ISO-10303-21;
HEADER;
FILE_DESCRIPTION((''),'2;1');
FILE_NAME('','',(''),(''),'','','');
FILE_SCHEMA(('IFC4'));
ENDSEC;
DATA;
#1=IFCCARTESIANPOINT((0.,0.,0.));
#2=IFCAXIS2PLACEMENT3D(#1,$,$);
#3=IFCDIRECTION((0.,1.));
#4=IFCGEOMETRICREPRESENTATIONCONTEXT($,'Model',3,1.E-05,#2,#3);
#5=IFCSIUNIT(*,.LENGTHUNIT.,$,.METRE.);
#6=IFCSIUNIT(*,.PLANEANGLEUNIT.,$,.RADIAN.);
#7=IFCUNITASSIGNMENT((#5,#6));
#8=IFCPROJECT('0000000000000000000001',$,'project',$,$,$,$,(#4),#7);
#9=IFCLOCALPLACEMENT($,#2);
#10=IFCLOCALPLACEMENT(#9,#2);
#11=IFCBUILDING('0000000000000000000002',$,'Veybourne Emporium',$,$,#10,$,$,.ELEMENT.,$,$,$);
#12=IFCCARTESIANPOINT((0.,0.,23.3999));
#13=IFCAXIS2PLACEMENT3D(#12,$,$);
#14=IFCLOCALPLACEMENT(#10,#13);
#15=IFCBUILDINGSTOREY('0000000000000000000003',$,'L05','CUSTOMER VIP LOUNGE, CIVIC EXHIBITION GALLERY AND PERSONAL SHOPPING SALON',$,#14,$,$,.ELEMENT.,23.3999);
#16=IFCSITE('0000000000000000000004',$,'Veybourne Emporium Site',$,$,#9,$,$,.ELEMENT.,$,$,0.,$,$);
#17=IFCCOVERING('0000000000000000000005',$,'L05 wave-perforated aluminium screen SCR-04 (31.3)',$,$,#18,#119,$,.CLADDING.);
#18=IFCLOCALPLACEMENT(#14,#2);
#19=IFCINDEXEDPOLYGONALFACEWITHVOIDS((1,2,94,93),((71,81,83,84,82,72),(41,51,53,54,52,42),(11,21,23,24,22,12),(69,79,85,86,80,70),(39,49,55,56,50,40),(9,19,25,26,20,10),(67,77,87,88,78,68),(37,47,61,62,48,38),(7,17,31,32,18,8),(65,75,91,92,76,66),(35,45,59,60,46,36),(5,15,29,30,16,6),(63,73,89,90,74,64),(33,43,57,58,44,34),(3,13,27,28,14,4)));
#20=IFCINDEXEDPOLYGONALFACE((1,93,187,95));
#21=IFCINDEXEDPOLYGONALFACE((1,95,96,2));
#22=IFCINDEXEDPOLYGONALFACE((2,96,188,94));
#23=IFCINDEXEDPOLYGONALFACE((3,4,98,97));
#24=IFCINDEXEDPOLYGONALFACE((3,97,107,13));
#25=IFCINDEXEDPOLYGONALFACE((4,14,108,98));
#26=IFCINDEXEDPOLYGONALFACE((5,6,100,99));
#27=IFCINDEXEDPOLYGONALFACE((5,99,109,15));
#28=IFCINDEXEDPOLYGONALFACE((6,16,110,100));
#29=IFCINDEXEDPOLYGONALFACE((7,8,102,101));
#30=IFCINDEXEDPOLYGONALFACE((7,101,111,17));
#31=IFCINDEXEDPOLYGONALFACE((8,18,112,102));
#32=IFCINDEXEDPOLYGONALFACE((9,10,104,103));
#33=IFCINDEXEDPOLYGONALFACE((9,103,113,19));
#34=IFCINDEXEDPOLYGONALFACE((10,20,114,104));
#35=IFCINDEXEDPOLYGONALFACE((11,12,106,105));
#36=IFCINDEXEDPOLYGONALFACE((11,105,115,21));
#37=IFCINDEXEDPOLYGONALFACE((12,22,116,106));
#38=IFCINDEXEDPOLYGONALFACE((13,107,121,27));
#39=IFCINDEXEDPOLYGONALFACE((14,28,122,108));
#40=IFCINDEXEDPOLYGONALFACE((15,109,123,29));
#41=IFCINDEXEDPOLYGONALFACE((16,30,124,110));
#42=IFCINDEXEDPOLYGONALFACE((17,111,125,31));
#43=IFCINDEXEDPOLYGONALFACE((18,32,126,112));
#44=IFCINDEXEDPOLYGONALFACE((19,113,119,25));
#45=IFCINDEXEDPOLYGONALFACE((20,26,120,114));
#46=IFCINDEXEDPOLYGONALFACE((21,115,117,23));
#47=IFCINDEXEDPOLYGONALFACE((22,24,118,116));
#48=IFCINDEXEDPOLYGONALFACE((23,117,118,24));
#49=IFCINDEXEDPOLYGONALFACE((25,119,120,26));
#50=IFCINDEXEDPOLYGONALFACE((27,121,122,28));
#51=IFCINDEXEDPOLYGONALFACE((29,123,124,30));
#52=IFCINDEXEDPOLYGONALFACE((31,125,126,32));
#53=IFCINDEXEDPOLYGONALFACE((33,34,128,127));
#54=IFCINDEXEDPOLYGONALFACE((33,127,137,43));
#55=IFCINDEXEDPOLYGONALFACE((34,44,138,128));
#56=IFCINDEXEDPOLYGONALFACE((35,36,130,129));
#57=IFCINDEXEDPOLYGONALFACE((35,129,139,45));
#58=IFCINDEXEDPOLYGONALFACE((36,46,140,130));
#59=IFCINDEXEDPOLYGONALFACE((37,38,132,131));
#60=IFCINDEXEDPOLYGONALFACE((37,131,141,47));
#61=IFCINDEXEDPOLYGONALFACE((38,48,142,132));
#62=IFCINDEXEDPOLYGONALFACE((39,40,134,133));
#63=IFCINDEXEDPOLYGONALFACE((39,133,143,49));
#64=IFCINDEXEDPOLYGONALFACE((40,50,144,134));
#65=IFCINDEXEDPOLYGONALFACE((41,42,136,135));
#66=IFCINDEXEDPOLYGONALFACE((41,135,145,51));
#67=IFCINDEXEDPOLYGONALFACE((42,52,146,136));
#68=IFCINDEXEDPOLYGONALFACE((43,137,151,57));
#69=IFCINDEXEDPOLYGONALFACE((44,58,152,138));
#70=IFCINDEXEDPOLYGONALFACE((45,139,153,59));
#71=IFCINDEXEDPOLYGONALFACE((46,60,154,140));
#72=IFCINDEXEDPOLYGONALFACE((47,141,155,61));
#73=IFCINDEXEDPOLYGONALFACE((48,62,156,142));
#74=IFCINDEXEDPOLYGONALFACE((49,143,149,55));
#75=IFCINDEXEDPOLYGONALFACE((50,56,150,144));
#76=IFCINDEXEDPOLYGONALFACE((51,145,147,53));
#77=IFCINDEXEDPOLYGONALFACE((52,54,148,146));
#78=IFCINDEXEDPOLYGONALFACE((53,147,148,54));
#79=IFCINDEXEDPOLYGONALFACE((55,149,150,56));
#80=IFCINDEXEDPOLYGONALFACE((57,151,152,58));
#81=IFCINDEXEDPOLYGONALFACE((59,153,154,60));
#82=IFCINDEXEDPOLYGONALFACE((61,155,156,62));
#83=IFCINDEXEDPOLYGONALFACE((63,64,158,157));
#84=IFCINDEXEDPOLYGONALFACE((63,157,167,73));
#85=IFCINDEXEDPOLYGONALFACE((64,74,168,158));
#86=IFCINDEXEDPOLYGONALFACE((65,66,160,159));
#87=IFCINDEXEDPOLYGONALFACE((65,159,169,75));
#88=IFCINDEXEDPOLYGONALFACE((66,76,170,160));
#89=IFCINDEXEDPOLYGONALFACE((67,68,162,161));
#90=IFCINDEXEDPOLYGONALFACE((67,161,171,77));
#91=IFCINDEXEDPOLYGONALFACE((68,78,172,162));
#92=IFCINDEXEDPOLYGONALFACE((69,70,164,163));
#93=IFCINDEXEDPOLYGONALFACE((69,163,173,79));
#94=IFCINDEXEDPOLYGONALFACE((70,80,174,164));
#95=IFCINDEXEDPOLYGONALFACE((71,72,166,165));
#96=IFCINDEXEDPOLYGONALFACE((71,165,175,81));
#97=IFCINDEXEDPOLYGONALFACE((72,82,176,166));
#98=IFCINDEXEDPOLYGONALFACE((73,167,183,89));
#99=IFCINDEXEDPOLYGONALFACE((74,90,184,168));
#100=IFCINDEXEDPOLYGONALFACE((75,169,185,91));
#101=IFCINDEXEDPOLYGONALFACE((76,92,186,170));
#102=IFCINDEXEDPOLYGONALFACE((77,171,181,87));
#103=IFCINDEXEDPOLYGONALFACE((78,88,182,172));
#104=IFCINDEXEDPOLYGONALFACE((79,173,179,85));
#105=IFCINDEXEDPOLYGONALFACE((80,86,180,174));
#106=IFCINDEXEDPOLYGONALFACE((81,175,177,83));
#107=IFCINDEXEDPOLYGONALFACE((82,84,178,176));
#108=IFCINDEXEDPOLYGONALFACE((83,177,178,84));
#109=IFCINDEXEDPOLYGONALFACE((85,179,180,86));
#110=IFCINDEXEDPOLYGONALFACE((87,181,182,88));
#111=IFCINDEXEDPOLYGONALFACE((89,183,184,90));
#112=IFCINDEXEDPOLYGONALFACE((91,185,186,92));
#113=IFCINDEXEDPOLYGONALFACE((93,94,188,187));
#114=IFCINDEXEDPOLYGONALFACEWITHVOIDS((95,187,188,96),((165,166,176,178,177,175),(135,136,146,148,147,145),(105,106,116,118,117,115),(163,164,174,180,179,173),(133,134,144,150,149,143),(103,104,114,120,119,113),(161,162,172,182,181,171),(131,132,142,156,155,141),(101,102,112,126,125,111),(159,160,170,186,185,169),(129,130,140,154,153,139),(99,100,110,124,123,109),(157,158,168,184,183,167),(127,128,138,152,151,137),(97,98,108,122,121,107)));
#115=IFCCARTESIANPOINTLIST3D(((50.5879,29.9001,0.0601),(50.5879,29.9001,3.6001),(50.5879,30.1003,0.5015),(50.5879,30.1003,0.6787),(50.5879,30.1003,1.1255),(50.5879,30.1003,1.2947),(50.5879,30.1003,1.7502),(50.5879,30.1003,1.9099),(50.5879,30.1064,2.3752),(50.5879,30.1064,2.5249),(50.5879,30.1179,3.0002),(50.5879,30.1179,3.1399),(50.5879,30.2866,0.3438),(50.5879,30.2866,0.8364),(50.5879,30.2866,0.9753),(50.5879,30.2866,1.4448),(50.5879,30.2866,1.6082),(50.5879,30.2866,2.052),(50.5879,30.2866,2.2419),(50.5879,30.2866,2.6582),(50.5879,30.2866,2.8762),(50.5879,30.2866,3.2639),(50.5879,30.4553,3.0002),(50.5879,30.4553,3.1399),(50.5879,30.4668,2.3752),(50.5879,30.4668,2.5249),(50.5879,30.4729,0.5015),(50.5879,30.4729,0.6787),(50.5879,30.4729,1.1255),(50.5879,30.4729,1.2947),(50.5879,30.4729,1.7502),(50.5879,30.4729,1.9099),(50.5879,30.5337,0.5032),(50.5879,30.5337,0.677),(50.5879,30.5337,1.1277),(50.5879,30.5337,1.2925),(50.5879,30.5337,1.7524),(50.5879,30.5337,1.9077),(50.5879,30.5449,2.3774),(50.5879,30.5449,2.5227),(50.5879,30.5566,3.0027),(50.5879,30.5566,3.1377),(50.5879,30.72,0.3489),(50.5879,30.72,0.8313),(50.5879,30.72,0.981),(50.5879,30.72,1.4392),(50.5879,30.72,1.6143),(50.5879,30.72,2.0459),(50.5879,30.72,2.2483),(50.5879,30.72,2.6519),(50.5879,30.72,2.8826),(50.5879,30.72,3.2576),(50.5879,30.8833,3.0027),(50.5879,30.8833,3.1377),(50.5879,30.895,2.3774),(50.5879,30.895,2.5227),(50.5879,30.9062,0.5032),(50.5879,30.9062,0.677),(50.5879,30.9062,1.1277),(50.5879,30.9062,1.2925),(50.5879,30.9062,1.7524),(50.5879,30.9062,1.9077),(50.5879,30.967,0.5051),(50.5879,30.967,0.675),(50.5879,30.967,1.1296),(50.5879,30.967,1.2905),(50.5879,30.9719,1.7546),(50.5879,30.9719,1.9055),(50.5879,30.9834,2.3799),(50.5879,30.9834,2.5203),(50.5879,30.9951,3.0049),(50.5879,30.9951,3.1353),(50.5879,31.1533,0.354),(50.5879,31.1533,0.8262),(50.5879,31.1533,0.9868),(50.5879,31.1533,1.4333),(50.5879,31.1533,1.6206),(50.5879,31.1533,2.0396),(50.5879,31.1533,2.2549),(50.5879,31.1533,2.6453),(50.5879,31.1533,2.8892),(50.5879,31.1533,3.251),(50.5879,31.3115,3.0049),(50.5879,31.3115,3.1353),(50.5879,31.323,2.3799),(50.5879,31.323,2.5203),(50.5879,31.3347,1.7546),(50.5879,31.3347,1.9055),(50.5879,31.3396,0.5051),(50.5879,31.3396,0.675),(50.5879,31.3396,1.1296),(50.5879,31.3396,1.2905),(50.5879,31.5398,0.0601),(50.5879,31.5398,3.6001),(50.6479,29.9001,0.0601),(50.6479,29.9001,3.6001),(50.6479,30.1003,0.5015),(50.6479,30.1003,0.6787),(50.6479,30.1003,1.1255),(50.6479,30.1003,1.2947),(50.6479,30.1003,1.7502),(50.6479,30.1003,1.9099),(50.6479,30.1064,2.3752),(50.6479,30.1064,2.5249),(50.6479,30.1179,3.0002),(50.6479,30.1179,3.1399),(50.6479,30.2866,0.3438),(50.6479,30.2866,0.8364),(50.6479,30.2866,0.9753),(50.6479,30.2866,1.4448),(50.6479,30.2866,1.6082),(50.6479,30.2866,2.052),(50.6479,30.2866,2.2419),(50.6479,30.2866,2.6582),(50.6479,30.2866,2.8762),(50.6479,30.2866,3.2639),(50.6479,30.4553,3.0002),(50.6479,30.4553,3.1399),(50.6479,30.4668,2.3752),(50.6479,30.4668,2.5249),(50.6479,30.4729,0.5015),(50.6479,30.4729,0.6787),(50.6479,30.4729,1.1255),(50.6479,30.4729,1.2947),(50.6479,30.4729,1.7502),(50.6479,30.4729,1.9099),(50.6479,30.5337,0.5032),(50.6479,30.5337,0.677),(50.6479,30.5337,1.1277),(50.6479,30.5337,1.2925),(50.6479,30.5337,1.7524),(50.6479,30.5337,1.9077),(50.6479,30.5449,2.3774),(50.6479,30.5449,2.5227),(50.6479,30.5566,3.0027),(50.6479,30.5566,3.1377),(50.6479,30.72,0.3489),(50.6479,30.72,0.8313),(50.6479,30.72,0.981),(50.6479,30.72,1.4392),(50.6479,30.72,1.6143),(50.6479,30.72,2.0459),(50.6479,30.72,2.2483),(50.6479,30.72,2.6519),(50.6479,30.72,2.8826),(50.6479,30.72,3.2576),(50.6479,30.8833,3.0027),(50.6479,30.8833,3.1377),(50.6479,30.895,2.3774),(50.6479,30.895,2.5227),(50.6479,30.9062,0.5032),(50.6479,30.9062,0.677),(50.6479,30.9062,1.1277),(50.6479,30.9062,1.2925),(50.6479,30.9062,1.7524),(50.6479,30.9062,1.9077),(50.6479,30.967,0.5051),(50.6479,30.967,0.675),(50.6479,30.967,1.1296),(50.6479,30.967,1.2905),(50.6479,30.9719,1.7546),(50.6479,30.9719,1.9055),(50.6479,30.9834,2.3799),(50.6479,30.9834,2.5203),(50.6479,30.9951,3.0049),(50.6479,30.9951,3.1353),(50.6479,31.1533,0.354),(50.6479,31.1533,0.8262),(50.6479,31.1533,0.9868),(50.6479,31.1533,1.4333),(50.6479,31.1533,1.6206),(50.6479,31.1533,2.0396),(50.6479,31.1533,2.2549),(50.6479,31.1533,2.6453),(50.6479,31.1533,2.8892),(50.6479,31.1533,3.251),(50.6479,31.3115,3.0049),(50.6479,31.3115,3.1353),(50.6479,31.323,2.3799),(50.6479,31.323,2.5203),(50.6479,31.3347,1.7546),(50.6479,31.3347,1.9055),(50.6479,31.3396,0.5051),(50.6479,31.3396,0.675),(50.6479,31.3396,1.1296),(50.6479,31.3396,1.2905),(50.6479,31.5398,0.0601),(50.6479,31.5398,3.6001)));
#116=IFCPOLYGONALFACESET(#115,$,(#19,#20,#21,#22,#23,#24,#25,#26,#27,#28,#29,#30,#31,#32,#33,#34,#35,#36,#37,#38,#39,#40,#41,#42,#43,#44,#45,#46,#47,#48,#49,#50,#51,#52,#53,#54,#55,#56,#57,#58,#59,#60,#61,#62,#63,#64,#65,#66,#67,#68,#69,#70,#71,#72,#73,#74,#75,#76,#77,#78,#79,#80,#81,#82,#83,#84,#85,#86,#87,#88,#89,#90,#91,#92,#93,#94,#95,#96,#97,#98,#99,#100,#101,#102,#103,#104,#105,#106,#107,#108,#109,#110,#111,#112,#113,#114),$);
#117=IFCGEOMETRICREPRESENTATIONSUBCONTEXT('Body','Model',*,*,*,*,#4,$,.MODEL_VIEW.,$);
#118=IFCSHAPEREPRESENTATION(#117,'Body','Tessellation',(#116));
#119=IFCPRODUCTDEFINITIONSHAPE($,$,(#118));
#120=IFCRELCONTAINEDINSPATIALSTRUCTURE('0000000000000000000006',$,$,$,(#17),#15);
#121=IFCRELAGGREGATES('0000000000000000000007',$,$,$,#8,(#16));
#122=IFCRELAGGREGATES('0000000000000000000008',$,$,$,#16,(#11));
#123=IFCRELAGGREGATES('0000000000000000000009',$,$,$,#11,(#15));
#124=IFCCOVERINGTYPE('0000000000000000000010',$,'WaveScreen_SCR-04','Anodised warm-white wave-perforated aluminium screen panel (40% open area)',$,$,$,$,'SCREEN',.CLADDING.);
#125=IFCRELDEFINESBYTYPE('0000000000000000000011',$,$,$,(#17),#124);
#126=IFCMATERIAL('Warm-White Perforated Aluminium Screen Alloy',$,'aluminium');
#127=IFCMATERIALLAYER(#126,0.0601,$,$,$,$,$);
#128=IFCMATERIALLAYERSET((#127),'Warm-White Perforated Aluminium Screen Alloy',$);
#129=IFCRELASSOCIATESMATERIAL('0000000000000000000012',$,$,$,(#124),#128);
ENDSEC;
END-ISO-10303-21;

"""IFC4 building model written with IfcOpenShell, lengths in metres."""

from ifc_helpers import new_model, si_unit, direction, frame, origin, place, context, subcontext, project, spatial, polyline, outline, extrude, material, layer, layer_set, type_object, element, save


model = new_model("IFC4")

# Units and contexts
model_context = context("Model", 3, precision=1e-05, world=origin(), true_north=direction((0.0, 1.0)))
body_context = subcontext(model_context, "Body", "Model", "MODEL_VIEW")
ifc_project = project(units=[si_unit("LENGTHUNIT", "METRE"), si_unit("PLANEANGLEUNIT", "RADIAN")], contexts=[model_context])

# Site, building, storey
site_placement = place(None, origin())
site = spatial("IfcSite", under=ifc_project, at=site_placement, Name="Veybourne Emporium Site", CompositionType="ELEMENT", RefElevation=0.0)
building_placement = place(site_placement, origin())
building = spatial("IfcBuilding", under=site, at=building_placement, Name="Veybourne Emporium", CompositionType="ELEMENT")
storey_placement = place(building_placement, frame((0.0, 0.0, 23.3999)))
storey = spatial("IfcBuildingStorey", under=building, at=storey_placement, Name="L05", Description="CUSTOMER VIP LOUNGE, CIVIC EXHIBITION GALLERY AND PERSONAL SHOPPING SALON", CompositionType="ELEMENT", Elevation=23.3999)

# Covering
ifc_material_1 = material(Name="Warm-White Perforated Aluminium Screen Alloy", Category="aluminium")
ifc_layer_1 = layer(ifc_material_1, 0.0601)
ifc_layer_set_1 = layer_set([ifc_layer_1], Name="Warm-White Perforated Aluminium Screen Alloy")
covering_type_1 = type_object("IfcCoveringType", Name="WaveScreen_SCR-04", Description="Anodised warm-white wave-perforated aluminium screen panel (40% open area)", ElementType="SCREEN", PredefinedType="CLADDING", material=ifc_layer_set_1)
covering_1_placement = place(storey_placement, frame((50.6479, 30.72, 1.8301), z_axis=(-1.0, 0.0, 0.0), x_axis=(0.0, -1.0, 0.0)))
element("IfcCovering", 1, at=covering_1_placement, inside=storey, type_object=covering_type_1, Name="L05 wave-perforated aluminium screen SCR-04 (31.3)", PredefinedType="CLADDING", context=body_context, shape_type="SweptSolid", body=[
    extrude(outline(polyline([(-0.8198, -1.77), (0.8198, -1.77), (0.8198, 1.77), (-0.8198, 1.77), (-0.8198, -1.77)]), holes=[polyline([(-0.4333, -1.0039), (-0.2471, -1.155), (-0.2471, -1.325), (-0.4333, -1.4761), (-0.6196, -1.325), (-0.6196, -1.155), (-0.4333, -1.0039)]), polyline([(-0.4333, -0.3967), (-0.2471, -0.5396), (-0.2471, -0.7004), (-0.4333, -0.8433), (-0.6196, -0.7004), (-0.6196, -0.5396), (-0.4333, -0.3967)]), polyline([(-0.4333, 0.2095), (-0.252, 0.0754), (-0.252, -0.0754), (-0.4333, -0.2095), (-0.6147, -0.0754), (-0.6147, 0.0754), (-0.4333, 0.2095)]), polyline([(-0.4333, 0.8152), (-0.2634, 0.6902), (-0.2634, 0.5498), (-0.4333, 0.4248), (-0.603, 0.5498), (-0.603, 0.6902), (-0.4333, 0.8152)]), polyline([(-0.4333, 1.4209), (-0.2751, 1.3052), (-0.2751, 1.1748), (-0.4333, 1.0591), (-0.5916, 1.1748), (-0.5916, 1.3052), (-0.4333, 1.4209)]), polyline([(0.0, -0.9988), (0.1863, -1.1531), (0.1863, -1.3269), (0.0, -1.4812), (-0.1863, -1.3269), (-0.1863, -1.1531), (0.0, -0.9988)]), polyline([(0.0, -0.3909), (0.1863, -0.5376), (0.1863, -0.7024), (0.0, -0.8491), (-0.1863, -0.7024), (-0.1863, -0.5376), (0.0, -0.3909)]), polyline([(0.0, 0.2158), (0.1863, 0.0776), (0.1863, -0.0776), (0.0, -0.2158), (-0.1863, -0.0776), (-0.1863, 0.0776), (0.0, 0.2158)]), polyline([(0.0, 0.8218), (0.175, 0.6926), (0.175, 0.5474), (0.0, 0.4182), (-0.175, 0.5474), (-0.175, 0.6926), (0.0, 0.8218)]), polyline([(0.0, 1.4275), (0.1633, 1.3076), (0.1633, 1.1726), (0.0, 1.0525), (-0.1633, 1.1726), (-0.1633, 1.3076), (0.0, 1.4275)]), polyline([(0.4333, -0.9937), (0.6196, -1.1514), (0.6196, -1.3286), (0.4333, -1.4863), (0.2471, -1.3286), (0.2471, -1.1514), (0.4333, -0.9937)]), polyline([(0.4333, -0.3853), (0.6196, -0.5354), (0.6196, -0.7046), (0.4333, -0.8547), (0.2471, -0.7046), (0.2471, -0.5354), (0.4333, -0.3853)]), polyline([(0.4333, 0.2219), (0.6196, 0.0798), (0.6196, -0.0798), (0.4333, -0.2219), (0.2471, -0.0798), (0.2471, 0.0798), (0.4333, 0.2219)]), polyline([(0.4333, 0.8281), (0.6135, 0.6948), (0.6135, 0.5452), (0.4333, 0.4119), (0.2532, 0.5452), (0.2532, 0.6948), (0.4333, 0.8281)]), polyline([(0.4333, 1.4338), (0.6021, 1.3098), (0.6021, 1.1702), (0.4333, 1.0461), (0.2646, 1.1702), (0.2646, 1.3098), (0.4333, 1.4338)])]), origin(), (0.0, 0.0, 1.0), 0.0601),
])

save(model, "model.ifc")
